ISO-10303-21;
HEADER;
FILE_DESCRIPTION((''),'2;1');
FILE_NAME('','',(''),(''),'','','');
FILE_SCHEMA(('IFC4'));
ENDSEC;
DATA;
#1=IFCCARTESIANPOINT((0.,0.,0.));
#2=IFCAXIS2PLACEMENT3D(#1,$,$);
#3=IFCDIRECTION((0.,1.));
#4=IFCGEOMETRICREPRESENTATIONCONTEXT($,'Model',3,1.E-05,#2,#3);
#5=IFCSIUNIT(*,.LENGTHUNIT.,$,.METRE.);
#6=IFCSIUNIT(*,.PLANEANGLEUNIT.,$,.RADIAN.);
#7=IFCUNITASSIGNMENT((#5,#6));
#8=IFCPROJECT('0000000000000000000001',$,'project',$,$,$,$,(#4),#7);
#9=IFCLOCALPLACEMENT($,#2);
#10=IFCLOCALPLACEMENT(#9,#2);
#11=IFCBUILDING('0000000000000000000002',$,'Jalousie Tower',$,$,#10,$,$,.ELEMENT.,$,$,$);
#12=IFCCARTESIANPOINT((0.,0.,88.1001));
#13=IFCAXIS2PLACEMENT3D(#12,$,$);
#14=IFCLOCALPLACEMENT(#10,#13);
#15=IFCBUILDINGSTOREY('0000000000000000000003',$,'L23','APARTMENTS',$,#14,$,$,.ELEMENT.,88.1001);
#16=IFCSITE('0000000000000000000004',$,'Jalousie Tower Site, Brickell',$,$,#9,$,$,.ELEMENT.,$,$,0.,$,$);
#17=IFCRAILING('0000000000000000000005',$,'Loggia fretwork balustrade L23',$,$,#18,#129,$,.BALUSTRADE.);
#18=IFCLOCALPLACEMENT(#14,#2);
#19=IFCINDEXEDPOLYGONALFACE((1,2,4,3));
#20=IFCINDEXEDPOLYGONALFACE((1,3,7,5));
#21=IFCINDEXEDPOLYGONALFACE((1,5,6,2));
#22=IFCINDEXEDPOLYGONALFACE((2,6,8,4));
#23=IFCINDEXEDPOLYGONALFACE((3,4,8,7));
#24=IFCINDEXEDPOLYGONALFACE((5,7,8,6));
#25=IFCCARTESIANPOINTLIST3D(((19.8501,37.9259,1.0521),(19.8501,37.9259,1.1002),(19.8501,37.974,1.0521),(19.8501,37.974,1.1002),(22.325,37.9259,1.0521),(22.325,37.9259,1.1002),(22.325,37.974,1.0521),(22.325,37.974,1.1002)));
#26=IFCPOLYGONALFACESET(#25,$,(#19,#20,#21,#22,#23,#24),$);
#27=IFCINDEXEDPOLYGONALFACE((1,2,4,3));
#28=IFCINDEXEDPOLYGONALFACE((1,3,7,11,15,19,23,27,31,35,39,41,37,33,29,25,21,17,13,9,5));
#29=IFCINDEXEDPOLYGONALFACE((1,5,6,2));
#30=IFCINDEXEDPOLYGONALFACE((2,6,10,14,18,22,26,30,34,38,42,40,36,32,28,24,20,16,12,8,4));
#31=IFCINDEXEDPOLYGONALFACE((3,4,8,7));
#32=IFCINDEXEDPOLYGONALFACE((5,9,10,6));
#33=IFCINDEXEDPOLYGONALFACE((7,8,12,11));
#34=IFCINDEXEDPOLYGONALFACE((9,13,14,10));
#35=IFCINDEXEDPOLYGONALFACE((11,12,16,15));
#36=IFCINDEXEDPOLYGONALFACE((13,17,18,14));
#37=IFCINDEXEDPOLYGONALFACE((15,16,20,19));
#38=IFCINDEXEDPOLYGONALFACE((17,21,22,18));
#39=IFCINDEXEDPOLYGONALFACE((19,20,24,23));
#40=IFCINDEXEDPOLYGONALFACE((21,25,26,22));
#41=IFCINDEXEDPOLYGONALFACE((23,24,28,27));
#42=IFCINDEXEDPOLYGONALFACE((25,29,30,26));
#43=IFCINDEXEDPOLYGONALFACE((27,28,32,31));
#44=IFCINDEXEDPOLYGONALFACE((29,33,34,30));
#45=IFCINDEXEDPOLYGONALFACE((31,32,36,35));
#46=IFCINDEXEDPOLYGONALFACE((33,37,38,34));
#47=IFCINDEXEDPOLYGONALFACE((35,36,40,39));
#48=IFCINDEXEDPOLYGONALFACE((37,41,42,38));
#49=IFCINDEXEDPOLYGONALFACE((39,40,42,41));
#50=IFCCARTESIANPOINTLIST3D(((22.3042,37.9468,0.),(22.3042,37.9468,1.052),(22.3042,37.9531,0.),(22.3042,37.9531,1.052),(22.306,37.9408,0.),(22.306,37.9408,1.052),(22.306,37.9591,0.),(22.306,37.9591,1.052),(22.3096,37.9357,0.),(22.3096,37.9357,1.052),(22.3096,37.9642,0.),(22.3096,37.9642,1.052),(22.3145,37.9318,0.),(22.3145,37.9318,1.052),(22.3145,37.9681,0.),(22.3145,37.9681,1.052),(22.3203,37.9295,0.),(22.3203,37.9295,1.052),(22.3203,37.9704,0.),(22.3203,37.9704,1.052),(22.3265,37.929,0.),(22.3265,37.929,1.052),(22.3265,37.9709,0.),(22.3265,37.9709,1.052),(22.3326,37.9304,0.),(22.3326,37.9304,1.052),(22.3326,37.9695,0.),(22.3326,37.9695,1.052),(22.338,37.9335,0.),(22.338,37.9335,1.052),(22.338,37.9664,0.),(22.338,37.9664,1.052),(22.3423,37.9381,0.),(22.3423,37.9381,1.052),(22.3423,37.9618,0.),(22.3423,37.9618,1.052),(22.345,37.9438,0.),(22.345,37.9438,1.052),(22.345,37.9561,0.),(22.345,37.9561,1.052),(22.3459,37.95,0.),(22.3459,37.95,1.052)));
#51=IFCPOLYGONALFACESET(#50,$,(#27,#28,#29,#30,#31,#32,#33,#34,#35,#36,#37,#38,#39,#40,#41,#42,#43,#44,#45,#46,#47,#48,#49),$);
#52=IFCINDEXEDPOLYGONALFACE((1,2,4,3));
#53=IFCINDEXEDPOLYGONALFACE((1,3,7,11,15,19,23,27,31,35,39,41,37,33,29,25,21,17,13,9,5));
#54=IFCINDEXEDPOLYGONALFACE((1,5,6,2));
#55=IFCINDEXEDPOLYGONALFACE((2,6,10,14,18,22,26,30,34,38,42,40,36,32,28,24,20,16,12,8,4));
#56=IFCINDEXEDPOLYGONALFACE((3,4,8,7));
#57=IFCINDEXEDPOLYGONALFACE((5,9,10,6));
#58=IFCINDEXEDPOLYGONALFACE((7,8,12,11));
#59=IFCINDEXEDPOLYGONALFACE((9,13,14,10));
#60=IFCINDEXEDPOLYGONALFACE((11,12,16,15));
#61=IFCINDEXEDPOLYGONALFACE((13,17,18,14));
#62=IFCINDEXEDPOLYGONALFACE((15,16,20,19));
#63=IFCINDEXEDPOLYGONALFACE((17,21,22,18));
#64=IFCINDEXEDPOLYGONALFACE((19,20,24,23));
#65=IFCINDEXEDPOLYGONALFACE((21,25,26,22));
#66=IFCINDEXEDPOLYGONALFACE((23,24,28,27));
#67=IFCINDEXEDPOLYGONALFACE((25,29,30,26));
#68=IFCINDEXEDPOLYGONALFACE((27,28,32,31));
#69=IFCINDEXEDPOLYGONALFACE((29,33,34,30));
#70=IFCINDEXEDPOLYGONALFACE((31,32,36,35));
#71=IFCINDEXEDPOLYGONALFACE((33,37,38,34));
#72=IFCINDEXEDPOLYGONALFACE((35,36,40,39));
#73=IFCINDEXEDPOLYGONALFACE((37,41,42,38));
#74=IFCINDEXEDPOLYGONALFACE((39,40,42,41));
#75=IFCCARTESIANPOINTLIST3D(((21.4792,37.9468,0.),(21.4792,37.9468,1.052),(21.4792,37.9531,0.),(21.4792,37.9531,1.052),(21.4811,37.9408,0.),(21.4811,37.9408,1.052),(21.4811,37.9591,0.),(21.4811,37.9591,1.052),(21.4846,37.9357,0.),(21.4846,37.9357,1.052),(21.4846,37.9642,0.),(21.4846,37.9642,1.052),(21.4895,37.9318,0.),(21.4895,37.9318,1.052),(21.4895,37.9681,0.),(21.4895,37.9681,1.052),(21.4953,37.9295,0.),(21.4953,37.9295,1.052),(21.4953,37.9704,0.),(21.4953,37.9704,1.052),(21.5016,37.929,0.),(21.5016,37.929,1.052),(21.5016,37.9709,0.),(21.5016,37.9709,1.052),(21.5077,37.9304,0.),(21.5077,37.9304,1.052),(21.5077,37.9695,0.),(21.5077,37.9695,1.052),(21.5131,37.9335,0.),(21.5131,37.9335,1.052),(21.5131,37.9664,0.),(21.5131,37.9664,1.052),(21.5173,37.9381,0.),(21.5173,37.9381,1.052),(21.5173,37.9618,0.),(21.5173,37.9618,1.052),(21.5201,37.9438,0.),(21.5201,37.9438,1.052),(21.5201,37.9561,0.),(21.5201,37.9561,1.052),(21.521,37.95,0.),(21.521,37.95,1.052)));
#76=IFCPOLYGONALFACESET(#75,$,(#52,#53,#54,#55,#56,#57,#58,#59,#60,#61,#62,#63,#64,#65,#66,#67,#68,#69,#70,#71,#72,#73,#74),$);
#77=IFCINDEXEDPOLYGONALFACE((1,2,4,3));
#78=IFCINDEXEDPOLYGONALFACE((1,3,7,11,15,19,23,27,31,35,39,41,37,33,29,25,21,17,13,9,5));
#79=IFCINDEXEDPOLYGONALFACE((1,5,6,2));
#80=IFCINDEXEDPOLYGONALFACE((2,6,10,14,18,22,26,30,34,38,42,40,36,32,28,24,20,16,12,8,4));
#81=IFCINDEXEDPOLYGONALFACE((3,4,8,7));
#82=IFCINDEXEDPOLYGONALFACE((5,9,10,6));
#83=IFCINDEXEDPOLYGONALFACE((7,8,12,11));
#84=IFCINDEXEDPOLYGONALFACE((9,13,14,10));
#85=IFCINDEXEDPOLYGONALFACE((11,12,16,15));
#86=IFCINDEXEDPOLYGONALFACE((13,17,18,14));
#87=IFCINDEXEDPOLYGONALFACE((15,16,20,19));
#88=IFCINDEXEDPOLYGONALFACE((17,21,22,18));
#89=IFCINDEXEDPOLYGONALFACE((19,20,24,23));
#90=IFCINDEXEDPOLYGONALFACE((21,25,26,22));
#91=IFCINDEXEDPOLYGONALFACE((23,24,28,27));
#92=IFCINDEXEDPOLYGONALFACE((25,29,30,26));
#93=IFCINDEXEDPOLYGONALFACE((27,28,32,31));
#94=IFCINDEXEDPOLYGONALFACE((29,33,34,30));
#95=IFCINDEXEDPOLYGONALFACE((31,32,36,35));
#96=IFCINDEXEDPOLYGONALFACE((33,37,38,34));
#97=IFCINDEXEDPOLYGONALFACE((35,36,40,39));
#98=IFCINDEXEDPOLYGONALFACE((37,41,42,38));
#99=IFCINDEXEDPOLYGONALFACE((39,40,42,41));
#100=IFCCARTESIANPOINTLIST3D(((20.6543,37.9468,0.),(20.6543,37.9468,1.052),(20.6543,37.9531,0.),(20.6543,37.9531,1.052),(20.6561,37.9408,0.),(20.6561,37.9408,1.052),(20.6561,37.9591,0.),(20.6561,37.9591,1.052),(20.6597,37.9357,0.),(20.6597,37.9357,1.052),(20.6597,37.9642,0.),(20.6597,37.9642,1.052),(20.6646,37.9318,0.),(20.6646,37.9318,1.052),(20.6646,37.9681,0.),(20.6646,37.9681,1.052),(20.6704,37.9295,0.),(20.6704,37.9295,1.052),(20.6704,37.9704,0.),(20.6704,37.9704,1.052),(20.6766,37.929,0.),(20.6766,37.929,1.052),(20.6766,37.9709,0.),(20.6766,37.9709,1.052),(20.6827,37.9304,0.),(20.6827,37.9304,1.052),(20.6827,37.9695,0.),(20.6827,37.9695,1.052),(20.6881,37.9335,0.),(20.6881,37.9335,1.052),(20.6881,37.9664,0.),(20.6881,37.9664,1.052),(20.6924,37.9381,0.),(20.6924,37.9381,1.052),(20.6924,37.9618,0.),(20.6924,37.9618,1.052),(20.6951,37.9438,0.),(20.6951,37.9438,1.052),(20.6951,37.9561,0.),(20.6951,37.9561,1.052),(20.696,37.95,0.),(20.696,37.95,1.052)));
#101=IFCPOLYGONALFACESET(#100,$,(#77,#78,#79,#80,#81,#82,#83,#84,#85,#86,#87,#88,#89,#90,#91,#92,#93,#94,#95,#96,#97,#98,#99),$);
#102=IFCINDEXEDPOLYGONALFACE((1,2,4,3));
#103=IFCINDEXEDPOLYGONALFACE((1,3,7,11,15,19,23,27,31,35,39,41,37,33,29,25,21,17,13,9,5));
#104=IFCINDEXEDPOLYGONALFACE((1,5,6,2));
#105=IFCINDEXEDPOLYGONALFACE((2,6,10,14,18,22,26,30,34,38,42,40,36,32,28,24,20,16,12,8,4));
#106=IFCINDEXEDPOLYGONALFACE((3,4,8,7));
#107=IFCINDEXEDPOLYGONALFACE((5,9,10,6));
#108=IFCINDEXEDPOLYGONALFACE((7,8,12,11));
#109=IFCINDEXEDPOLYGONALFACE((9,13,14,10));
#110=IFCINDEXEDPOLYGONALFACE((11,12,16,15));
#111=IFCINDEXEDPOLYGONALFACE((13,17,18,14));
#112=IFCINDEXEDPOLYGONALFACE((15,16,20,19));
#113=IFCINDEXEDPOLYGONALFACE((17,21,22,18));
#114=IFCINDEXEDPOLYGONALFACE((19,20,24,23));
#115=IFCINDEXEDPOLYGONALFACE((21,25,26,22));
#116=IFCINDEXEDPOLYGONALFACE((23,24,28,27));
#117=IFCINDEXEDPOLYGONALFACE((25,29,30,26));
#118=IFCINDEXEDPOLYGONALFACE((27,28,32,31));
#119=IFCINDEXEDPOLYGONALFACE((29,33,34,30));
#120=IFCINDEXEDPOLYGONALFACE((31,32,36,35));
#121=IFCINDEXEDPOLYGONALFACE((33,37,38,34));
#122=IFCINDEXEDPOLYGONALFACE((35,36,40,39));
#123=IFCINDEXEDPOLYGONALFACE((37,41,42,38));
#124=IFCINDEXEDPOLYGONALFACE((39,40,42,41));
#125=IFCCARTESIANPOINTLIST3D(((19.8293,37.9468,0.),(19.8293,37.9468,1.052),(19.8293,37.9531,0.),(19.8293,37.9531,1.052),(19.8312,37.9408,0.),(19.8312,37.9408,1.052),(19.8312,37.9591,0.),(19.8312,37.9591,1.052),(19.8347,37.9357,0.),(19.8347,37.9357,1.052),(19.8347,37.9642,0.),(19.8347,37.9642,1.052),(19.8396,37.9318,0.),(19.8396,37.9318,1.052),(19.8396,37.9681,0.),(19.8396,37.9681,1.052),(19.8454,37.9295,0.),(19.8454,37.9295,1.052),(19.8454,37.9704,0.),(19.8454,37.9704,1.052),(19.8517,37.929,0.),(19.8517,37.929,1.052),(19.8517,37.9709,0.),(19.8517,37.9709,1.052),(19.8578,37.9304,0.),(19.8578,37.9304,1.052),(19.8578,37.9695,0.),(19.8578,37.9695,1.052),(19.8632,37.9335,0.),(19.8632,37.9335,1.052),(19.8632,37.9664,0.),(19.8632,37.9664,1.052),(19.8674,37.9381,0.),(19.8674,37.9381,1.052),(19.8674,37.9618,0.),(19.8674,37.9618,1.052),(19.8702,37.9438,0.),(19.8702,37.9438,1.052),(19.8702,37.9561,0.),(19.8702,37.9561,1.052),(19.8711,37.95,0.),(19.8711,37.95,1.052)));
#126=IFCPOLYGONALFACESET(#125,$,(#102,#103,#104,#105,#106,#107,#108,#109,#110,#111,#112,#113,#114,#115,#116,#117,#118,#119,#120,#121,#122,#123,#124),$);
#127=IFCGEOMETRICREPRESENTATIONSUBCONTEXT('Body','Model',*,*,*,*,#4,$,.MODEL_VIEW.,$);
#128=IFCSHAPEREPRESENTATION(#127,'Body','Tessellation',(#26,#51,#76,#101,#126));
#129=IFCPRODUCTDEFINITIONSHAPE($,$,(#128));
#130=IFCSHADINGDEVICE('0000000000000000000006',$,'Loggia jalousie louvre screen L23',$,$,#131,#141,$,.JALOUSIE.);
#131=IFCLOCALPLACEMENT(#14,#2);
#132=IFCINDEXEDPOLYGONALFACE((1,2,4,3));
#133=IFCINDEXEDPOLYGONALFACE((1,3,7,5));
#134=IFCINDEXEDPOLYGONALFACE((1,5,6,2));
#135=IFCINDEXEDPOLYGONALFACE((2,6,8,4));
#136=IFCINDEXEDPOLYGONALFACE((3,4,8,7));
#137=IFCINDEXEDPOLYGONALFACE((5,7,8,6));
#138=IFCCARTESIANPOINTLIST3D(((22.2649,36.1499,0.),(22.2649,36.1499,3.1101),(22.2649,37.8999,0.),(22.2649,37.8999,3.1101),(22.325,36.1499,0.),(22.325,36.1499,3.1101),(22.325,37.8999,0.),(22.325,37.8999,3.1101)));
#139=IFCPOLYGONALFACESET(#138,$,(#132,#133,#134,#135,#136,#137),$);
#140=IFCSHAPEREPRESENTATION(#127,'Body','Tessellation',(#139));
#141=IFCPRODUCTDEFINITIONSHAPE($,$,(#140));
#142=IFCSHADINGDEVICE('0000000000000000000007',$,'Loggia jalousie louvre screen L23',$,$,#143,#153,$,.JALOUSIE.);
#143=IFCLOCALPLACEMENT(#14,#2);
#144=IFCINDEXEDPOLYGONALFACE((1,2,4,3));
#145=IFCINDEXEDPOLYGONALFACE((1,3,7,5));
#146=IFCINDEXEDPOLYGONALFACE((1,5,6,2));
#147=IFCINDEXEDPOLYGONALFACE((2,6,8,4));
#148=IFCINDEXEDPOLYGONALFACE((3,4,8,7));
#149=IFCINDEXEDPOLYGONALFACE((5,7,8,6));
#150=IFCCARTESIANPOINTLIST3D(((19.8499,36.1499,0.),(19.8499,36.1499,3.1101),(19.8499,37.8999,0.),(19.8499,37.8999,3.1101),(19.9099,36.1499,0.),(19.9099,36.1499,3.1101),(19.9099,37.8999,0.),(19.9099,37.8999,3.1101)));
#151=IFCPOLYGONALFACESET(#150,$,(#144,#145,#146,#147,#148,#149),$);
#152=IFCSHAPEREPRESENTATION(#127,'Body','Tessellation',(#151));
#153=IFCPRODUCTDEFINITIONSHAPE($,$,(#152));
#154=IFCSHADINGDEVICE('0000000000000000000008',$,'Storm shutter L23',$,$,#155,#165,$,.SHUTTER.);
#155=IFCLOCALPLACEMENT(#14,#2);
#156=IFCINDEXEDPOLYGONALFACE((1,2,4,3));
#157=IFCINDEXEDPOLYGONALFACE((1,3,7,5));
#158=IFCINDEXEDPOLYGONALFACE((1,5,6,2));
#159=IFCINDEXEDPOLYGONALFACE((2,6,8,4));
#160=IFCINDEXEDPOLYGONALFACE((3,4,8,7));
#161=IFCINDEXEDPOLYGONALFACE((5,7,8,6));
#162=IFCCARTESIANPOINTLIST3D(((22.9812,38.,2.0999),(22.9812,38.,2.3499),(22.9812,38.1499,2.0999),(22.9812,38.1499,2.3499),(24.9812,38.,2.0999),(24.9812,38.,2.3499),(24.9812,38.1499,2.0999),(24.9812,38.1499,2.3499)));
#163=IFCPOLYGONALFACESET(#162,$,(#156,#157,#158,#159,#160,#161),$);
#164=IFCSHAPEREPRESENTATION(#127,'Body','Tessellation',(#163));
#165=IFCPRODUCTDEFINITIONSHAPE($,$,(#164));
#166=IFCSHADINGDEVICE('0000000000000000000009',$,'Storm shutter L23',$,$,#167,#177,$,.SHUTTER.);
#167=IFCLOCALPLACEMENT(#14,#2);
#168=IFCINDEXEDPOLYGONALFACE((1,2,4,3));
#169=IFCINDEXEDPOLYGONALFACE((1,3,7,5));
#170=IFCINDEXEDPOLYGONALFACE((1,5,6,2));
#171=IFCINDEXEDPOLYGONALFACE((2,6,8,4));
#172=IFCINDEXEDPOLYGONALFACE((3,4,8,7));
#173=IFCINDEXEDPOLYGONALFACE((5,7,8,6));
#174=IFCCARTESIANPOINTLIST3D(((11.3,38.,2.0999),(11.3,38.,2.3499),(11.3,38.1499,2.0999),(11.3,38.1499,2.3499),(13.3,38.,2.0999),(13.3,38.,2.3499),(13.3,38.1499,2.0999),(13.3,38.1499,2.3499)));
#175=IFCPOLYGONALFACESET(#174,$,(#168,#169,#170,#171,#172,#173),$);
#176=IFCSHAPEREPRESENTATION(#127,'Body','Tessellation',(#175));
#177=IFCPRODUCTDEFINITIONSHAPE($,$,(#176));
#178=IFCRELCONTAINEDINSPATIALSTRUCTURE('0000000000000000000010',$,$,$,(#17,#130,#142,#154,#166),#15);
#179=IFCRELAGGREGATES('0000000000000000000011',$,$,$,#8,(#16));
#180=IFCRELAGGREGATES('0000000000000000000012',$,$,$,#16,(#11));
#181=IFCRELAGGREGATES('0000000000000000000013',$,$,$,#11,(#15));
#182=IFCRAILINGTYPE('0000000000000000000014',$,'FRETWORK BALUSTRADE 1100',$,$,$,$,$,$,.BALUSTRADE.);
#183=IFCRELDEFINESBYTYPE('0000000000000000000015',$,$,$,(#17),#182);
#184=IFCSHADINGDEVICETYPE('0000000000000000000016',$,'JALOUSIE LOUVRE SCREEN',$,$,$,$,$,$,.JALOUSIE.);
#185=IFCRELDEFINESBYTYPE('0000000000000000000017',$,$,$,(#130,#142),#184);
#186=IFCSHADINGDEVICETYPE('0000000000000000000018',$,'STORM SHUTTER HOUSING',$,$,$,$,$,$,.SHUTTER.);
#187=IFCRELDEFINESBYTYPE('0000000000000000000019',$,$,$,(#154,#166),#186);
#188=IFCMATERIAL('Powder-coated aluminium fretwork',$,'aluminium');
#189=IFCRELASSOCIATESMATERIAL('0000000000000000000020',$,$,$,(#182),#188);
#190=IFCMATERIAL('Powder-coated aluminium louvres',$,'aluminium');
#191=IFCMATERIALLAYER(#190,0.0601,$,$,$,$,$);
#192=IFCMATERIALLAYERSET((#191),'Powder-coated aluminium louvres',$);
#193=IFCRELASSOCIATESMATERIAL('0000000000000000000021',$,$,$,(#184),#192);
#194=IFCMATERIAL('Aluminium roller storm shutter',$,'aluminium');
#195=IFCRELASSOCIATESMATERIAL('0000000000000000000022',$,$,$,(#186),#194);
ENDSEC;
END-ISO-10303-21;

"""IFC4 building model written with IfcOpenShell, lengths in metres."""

from ifc_helpers import new_model, si_unit, direction, frame, origin, origin_2d, place, context, subcontext, project, spatial, rectangle, circle, extrude, material, layer, layer_set, type_object, element, save


model = new_model("IFC4")

# Units and contexts
model_context = context("Model", 3, precision=1e-05, world=origin(), true_north=direction((0.0, 1.0)))
body_context = subcontext(model_context, "Body", "Model", "MODEL_VIEW")
ifc_project = project(units=[si_unit("LENGTHUNIT", "METRE"), si_unit("PLANEANGLEUNIT", "RADIAN")], contexts=[model_context])

# Site, building, storey
site_placement = place(None, origin())
site = spatial("IfcSite", under=ifc_project, at=site_placement, Name="Jalousie Tower Site, Brickell", CompositionType="ELEMENT", RefElevation=0.0)
building_placement = place(site_placement, origin())
building = spatial("IfcBuilding", under=site, at=building_placement, Name="Jalousie Tower", CompositionType="ELEMENT")
storey_placement = place(building_placement, frame((0.0, 0.0, 88.1001)))
storey = spatial("IfcBuildingStorey", under=building, at=storey_placement, Name="L23", Description="APARTMENTS", CompositionType="ELEMENT", Elevation=88.1001)

# Railing
ifc_material_1 = material(Name="Powder-coated aluminium fretwork", Category="aluminium")
railing_type = type_object("IfcRailingType", Name="FRETWORK BALUSTRADE 1100", PredefinedType="BALUSTRADE", material=ifc_material_1)
railing_placement = place(storey_placement, frame((22.325, 37.95, 0.0)))
element("IfcRailing", 1, at=railing_placement, inside=storey, type_object=railing_type, Name="Loggia fretwork balustrade L23", PredefinedType="BALUSTRADE", context=body_context, shape_type="SweptSolid", body=[
    extrude(rectangle(XDim=0.0481, YDim=0.0481, at=origin_2d()), frame((0.0, 0.0, 1.0762), z_axis=(-1.0, 0.0, 0.0), x_axis=(0.0, -1.0, 0.0)), (0.0, 0.0, 1.0), 2.4749),
    extrude(circle(Radius=0.021, at=origin_2d()), origin(), (0.0, 0.0, 1.0), 1.052),
    extrude(circle(Radius=0.021, at=origin_2d()), frame((-0.825, 0.0, 0.0)), (0.0, 0.0, 1.0), 1.052),
    extrude(circle(Radius=0.021, at=origin_2d()), frame((-1.6499, 0.0, 0.0)), (0.0, 0.0, 1.0), 1.052),
    extrude(circle(Radius=0.021, at=origin_2d()), frame((-2.4749, 0.0, 0.0)), (0.0, 0.0, 1.0), 1.052),
])

# Shading devices
ifc_material_2 = material(Name="Powder-coated aluminium louvres", Category="aluminium")
ifc_layer_1 = layer(ifc_material_2, 0.0601)
ifc_layer_set_1 = layer_set([ifc_layer_1], Name="Powder-coated aluminium louvres")
shading_device_type_1 = type_object("IfcShadingDeviceType", Name="JALOUSIE LOUVRE SCREEN", PredefinedType="JALOUSIE", material=ifc_layer_set_1)
for number, where, z_axis, x_axis, name in (
    (2, (22.2949, 37.0249, 0.0), (0.0, 0.0, 1.0), (-1.0, 0.0, 0.0), "Loggia jalousie louvre screen L23"),
    (3, (19.8799, 37.0249, 0.0), (0.0, 0.0, 1.0), (-1.0, 0.0, 0.0), "Loggia jalousie louvre screen L23"),
):
    element("IfcShadingDevice", number, at=place(storey_placement, frame(where, z_axis=z_axis, x_axis=x_axis)), inside=storey, type_object=shading_device_type_1, Name=name, PredefinedType="JALOUSIE", context=body_context, shape_type="SweptSolid", body=[
        extrude(rectangle(XDim=0.0601, YDim=1.75, at=origin_2d()), origin(), (0.0, 0.0, 1.0), 3.1101),
    ])
ifc_material_3 = material(Name="Aluminium roller storm shutter", Category="aluminium")
shading_device_type_2 = type_object("IfcShadingDeviceType", Name="STORM SHUTTER HOUSING", PredefinedType="SHUTTER", material=ifc_material_3)
for number, where, z_axis, x_axis, name in (
    (4, (23.9812, 38.075, 2.0999), (0.0, 0.0, 1.0), (-1.0, 0.0, 0.0), "Storm shutter L23"),
    (5, (12.3, 38.075, 2.0999), (0.0, 0.0, 1.0), (-1.0, 0.0, 0.0), "Storm shutter L23"),
):
    element("IfcShadingDevice", number, at=place(storey_placement, frame(where, z_axis=z_axis, x_axis=x_axis)), inside=storey, type_object=shading_device_type_2, Name=name, PredefinedType="SHUTTER", context=body_context, shape_type="SweptSolid", body=[
        extrude(rectangle(XDim=2.0, YDim=0.1499, at=origin_2d()), origin(), (0.0, 0.0, 1.0), 0.25),
    ])

save(model, "model.ifc")
